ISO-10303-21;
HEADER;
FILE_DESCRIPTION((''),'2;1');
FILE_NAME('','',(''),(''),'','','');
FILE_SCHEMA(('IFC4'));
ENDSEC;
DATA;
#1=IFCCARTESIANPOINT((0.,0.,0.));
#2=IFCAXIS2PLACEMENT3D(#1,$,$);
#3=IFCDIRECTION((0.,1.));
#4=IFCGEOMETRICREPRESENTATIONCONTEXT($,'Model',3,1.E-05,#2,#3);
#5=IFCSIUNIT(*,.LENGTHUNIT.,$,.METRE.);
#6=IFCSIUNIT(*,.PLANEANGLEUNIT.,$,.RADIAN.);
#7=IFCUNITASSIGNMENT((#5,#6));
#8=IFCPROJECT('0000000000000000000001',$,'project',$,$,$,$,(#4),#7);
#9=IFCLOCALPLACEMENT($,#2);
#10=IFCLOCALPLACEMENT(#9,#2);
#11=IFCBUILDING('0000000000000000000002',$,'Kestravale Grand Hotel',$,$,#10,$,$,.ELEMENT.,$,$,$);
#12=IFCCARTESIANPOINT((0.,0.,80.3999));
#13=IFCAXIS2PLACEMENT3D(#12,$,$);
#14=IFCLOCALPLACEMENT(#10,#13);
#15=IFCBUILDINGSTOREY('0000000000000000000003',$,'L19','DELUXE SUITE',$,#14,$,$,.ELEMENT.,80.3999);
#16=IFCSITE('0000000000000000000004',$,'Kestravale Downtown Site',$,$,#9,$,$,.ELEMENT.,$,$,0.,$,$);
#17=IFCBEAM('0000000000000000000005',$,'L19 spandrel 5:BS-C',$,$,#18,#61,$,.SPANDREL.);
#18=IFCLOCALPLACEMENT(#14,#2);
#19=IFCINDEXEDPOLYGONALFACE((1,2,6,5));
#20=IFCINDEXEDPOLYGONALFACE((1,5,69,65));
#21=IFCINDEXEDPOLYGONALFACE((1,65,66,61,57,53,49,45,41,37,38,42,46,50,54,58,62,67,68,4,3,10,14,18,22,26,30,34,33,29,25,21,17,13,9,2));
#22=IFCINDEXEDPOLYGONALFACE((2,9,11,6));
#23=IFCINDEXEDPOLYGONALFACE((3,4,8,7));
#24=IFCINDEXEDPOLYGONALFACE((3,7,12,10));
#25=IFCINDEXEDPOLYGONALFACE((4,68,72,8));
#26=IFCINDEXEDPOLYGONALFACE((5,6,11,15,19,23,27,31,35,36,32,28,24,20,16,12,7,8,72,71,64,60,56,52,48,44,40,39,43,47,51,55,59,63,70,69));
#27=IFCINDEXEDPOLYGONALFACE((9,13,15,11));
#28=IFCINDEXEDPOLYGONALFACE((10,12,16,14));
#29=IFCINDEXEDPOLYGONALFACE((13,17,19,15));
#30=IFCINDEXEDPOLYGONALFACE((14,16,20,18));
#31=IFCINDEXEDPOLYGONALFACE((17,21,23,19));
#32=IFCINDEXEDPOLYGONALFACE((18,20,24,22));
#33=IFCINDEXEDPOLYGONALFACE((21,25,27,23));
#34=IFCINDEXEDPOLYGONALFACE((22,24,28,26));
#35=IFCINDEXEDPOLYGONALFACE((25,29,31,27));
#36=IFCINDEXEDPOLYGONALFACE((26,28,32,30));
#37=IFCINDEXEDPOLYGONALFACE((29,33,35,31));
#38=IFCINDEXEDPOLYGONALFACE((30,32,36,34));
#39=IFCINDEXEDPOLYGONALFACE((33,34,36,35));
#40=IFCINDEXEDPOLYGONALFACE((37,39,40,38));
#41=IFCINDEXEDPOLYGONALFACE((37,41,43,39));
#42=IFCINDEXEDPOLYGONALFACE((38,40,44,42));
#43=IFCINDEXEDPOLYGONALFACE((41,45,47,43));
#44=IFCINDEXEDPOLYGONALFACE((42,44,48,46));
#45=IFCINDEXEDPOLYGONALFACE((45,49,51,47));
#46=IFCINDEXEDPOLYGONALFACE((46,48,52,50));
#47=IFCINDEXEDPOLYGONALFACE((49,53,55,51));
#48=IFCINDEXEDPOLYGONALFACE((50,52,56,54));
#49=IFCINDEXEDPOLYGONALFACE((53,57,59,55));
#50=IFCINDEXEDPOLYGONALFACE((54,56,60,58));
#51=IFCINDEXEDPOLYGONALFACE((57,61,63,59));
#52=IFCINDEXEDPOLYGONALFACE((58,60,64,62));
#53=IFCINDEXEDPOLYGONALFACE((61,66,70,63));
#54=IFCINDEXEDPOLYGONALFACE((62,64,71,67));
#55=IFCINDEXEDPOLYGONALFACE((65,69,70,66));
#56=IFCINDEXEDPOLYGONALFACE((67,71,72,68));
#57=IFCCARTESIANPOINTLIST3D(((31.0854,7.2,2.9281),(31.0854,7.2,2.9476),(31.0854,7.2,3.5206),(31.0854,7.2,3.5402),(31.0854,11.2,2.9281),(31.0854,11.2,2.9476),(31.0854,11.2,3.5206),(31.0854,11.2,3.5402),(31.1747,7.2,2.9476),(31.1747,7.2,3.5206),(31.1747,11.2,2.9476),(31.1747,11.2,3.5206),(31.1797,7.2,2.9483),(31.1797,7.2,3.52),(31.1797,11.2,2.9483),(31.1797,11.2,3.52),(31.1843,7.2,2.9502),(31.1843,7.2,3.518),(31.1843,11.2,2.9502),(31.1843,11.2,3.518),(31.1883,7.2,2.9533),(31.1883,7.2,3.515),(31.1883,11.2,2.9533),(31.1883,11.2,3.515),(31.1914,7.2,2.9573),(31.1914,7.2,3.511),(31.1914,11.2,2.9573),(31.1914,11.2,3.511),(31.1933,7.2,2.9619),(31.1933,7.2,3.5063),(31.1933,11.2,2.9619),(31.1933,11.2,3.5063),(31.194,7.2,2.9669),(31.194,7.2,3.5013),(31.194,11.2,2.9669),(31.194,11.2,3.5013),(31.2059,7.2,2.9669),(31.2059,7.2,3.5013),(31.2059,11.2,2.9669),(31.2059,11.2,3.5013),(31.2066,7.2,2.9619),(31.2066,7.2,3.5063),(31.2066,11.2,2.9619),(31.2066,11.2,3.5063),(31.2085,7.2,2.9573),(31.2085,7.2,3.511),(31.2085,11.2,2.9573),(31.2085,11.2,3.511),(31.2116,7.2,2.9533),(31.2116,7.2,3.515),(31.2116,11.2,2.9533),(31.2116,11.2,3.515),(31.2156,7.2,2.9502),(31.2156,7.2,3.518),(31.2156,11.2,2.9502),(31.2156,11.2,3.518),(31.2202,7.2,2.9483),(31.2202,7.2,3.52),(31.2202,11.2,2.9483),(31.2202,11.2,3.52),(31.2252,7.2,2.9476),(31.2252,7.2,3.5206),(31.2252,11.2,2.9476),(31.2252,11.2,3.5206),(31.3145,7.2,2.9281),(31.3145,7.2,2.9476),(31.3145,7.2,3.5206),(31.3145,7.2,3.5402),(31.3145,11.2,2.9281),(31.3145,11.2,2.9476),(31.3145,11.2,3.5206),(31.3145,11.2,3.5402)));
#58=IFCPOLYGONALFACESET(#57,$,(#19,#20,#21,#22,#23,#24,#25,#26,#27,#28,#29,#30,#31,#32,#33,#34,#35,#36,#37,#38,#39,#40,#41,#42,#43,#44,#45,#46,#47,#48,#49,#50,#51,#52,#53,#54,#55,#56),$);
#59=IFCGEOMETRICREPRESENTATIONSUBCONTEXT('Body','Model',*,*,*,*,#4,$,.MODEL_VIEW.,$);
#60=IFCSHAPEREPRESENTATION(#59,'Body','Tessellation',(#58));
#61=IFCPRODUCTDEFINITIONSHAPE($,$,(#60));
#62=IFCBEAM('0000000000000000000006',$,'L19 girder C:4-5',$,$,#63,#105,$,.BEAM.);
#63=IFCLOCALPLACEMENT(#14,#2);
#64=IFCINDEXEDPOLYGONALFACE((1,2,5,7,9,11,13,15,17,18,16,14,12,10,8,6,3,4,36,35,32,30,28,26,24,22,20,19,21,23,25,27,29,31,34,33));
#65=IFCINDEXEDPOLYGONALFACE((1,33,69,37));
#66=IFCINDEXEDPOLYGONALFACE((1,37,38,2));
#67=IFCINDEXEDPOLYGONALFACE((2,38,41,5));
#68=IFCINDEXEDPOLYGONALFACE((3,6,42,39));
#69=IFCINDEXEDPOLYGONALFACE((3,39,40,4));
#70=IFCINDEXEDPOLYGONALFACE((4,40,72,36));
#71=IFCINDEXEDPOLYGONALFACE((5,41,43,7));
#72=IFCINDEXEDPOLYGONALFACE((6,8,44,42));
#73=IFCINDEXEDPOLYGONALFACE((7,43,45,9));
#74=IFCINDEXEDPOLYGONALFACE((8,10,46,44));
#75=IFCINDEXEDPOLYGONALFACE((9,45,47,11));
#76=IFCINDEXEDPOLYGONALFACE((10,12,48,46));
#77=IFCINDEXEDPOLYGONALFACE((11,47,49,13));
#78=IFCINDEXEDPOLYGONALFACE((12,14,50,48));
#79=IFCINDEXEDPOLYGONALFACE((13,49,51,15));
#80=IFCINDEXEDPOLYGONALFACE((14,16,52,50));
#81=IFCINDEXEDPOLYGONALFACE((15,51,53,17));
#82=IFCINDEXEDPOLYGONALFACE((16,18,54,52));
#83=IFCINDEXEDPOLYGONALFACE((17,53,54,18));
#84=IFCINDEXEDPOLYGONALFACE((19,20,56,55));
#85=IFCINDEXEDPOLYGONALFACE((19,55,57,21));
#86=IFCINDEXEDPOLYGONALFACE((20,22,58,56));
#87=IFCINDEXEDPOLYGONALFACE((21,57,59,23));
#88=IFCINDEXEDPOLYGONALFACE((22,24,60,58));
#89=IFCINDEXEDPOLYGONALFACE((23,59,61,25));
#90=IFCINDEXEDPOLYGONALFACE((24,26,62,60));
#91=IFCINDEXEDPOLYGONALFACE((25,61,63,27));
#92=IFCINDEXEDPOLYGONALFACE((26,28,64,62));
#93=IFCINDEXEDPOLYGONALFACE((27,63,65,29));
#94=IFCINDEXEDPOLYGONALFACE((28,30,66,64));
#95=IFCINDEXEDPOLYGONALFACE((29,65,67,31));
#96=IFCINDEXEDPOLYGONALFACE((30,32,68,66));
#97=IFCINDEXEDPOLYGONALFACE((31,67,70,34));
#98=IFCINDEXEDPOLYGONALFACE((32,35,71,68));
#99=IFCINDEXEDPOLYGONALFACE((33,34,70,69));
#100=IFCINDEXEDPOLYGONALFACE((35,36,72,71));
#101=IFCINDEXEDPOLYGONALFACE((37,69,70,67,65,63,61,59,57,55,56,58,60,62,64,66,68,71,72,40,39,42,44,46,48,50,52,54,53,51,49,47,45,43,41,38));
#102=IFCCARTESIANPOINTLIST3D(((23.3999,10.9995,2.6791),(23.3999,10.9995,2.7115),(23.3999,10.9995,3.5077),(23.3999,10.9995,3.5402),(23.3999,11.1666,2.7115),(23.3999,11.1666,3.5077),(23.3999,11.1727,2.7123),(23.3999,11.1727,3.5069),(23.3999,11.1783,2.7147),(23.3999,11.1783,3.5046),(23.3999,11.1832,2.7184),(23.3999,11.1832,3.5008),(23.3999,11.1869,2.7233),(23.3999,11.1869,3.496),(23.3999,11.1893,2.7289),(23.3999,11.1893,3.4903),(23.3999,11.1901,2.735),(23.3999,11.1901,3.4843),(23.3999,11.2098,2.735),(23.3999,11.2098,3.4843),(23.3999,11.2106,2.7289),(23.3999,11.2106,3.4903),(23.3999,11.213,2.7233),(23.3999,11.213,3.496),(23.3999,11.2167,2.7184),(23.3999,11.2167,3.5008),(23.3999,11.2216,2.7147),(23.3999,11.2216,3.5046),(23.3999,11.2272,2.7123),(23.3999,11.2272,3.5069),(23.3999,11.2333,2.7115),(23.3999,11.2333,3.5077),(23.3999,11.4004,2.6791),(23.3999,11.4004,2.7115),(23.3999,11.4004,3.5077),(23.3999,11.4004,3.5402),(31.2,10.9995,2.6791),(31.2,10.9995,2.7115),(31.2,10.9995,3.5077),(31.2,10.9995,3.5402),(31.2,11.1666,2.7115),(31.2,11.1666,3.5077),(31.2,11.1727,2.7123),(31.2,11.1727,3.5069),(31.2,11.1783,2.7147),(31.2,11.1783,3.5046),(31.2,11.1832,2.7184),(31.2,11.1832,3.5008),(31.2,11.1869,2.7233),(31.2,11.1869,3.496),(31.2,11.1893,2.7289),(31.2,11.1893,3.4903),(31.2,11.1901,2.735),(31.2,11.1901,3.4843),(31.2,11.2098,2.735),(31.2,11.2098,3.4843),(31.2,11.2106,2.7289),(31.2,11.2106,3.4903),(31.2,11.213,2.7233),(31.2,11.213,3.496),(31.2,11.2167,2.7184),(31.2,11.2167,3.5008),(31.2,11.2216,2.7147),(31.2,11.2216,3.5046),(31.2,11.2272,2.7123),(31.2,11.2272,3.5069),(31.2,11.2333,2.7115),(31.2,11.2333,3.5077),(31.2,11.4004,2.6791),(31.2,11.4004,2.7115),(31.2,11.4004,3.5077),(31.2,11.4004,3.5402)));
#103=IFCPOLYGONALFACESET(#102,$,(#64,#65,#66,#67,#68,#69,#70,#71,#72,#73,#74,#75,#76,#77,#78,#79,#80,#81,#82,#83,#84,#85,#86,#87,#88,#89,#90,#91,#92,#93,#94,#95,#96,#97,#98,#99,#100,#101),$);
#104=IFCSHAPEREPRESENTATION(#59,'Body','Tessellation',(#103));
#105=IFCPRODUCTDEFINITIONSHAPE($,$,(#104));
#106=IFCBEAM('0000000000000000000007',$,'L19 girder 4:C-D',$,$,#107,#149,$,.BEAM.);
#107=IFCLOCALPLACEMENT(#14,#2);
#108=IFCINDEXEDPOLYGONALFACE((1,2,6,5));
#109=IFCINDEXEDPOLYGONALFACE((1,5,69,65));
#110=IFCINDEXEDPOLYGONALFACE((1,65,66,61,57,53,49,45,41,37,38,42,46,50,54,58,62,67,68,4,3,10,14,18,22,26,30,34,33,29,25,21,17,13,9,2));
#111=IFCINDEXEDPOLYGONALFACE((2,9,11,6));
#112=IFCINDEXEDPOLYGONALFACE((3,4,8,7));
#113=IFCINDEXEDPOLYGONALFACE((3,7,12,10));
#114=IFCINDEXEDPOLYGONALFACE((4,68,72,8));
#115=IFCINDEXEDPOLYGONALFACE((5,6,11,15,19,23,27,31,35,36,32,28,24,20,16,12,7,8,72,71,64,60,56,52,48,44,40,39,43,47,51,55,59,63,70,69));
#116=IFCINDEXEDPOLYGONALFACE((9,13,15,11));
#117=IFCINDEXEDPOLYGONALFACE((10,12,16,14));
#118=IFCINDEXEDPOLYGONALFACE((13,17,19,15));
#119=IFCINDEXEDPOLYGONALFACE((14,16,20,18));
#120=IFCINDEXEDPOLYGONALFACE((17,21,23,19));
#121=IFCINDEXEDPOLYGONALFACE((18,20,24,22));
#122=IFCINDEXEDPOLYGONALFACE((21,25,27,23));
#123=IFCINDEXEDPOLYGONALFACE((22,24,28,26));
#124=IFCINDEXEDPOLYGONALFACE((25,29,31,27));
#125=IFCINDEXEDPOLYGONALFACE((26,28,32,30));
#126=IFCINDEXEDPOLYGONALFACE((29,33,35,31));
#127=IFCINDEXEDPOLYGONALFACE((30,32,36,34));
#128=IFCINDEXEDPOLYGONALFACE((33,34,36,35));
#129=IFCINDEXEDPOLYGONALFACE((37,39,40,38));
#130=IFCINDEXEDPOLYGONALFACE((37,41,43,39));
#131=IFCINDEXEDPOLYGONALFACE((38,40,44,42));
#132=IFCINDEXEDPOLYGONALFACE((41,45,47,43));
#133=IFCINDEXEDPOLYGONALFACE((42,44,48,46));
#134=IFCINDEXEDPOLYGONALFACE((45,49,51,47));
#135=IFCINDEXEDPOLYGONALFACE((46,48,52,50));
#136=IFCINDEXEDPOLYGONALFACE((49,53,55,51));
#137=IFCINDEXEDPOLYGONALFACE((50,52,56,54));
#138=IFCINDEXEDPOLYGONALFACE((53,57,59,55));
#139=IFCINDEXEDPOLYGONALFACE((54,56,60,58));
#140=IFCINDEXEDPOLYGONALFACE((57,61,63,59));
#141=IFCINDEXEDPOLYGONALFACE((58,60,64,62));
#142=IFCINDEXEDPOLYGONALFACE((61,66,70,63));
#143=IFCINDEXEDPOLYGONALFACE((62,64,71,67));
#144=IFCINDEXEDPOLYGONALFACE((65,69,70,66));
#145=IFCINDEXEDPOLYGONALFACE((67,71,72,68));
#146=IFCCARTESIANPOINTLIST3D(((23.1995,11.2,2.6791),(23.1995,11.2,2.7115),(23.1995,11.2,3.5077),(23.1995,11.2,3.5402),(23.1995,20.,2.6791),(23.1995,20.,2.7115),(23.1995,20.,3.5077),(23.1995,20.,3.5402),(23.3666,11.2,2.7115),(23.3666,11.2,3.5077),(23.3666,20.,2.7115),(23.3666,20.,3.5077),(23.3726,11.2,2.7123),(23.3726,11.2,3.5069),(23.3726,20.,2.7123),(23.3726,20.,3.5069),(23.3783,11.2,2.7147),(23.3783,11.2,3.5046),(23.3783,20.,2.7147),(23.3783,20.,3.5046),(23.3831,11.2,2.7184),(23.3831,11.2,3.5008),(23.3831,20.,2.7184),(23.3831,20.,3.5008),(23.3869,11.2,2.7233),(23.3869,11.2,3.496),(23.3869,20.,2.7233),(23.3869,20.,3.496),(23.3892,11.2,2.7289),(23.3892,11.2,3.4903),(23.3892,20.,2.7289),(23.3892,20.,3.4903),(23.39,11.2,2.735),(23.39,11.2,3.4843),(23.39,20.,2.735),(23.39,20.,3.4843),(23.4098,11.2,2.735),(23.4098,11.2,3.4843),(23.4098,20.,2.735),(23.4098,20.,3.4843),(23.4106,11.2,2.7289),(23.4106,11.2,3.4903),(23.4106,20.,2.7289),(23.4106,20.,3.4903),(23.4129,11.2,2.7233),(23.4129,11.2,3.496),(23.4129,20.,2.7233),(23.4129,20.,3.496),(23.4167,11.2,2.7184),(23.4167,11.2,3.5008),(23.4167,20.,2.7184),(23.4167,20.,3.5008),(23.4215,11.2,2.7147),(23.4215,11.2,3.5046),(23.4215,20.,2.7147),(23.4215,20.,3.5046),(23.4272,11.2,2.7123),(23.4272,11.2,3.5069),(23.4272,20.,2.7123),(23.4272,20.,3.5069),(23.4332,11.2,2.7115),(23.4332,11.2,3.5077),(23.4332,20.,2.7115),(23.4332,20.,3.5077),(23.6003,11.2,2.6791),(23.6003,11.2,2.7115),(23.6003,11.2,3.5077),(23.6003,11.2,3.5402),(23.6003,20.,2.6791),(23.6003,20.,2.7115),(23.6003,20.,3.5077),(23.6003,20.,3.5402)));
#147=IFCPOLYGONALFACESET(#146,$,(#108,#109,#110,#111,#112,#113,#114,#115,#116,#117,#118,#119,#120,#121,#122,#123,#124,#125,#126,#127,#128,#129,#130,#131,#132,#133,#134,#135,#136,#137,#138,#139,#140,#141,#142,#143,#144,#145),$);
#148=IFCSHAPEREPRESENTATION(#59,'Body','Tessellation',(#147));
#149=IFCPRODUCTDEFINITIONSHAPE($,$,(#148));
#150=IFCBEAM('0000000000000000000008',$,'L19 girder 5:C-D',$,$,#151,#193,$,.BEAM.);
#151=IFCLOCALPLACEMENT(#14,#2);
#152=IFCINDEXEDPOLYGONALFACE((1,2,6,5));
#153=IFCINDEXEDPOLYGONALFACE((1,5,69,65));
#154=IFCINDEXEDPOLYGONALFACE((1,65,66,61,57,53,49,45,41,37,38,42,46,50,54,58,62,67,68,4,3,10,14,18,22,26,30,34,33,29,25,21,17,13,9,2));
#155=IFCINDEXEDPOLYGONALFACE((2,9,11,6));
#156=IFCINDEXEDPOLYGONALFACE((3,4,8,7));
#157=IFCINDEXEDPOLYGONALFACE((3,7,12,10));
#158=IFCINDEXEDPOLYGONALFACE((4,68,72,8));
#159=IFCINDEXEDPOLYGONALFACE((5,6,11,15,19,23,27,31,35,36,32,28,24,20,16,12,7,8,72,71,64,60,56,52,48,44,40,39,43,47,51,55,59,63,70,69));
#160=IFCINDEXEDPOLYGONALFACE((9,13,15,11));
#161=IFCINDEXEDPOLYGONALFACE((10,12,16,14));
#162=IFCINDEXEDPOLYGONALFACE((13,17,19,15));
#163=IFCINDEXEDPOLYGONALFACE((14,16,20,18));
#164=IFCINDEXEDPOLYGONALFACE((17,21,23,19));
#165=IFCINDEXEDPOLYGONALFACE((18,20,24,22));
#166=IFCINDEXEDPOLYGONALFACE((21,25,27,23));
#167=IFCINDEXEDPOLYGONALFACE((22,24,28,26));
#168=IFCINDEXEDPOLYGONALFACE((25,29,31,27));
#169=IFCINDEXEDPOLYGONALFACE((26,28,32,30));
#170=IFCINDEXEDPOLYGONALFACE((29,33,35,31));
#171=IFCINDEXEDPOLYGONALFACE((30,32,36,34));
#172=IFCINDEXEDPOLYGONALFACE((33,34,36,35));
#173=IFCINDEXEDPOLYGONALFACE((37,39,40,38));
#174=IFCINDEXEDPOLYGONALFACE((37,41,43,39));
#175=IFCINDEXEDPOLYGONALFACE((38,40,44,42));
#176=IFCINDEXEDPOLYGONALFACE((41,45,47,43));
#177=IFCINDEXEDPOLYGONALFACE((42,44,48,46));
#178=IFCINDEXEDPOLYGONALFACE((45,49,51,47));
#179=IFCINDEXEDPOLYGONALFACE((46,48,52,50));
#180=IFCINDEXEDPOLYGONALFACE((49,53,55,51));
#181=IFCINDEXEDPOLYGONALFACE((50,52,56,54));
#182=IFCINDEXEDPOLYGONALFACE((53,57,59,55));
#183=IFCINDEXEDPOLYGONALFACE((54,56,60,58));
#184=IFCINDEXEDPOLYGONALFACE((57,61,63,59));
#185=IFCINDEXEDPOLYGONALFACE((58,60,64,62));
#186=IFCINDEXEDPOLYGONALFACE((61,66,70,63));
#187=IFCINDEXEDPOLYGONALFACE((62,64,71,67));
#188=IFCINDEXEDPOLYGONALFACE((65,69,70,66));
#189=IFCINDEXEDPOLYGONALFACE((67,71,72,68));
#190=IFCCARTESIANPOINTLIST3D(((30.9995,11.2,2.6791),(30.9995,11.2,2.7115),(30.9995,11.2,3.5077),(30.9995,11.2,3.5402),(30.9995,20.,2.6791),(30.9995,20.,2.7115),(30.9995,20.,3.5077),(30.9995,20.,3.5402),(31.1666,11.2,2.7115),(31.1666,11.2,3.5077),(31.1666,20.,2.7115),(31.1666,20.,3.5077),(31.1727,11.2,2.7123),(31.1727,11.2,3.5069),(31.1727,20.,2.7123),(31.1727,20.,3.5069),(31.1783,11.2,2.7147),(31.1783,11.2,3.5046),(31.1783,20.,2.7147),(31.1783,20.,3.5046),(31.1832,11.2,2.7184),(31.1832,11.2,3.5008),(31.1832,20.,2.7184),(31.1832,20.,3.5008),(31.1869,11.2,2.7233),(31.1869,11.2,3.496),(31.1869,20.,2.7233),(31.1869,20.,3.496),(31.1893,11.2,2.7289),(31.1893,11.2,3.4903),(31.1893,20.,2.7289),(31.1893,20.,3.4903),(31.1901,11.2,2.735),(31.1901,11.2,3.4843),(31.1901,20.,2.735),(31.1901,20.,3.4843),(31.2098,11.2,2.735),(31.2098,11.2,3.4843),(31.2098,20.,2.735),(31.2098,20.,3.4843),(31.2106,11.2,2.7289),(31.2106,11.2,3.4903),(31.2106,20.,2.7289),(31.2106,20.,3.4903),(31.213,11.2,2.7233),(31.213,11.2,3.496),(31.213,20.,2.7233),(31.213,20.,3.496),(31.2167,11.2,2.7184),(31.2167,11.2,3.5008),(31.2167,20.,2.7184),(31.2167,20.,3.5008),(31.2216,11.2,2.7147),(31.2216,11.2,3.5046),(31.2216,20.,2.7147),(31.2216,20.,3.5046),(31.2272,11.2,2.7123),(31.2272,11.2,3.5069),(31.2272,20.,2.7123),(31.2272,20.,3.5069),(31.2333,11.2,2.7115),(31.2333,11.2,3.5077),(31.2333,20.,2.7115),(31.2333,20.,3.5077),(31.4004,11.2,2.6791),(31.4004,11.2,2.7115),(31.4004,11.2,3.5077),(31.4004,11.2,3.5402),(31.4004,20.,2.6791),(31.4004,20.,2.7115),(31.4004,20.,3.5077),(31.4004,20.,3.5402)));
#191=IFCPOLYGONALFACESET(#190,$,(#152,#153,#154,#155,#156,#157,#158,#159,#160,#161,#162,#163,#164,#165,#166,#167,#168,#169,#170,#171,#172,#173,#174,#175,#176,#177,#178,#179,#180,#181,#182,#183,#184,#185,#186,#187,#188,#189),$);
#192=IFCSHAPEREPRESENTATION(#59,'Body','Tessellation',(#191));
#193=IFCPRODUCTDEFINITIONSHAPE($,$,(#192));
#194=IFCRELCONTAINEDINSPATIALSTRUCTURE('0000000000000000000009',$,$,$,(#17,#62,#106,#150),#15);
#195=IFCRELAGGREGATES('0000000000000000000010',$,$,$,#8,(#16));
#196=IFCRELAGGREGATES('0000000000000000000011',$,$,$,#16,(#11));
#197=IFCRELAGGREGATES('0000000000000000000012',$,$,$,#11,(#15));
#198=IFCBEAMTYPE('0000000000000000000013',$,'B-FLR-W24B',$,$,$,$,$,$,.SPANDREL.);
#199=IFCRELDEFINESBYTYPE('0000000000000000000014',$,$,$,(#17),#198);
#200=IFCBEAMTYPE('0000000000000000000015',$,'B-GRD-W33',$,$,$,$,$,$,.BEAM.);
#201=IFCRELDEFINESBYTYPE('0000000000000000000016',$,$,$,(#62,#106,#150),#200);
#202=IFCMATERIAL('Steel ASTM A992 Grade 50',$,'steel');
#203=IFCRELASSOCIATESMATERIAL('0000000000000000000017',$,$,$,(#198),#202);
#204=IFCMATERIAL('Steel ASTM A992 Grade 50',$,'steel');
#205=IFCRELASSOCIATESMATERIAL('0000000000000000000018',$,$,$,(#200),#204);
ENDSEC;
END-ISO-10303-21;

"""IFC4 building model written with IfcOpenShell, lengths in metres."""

from ifc_helpers import new_model, si_unit, direction, frame, origin, origin_2d, place, context, subcontext, project, spatial, i_section, extrude, material, material_profile, profile_set, type_object, element, save


model = new_model("IFC4")

# Units and contexts
model_context = context("Model", 3, precision=1e-05, world=origin(), true_north=direction((0.0, 1.0)))
body_context = subcontext(model_context, "Body", "Model", "MODEL_VIEW")
ifc_project = project(units=[si_unit("LENGTHUNIT", "METRE"), si_unit("PLANEANGLEUNIT", "RADIAN")], contexts=[model_context])

# Site, building, storey
site_placement = place(None, origin())
site = spatial("IfcSite", under=ifc_project, at=site_placement, Name="Kestravale Downtown Site", CompositionType="ELEMENT", RefElevation=0.0)
building_placement = place(site_placement, origin())
building = spatial("IfcBuilding", under=site, at=building_placement, Name="Kestravale Grand Hotel", CompositionType="ELEMENT")
storey_placement = place(building_placement, frame((0.0, 0.0, 80.3999)))
storey = spatial("IfcBuildingStorey", under=building, at=storey_placement, Name="L19", Description="DELUXE SUITE", CompositionType="ELEMENT", Elevation=80.3999)

# Beams
ifc_material_1 = material(Name="Steel ASTM A992 Grade 50", Category="steel")
ifc_material_profile_1 = material_profile(ifc_material_1, i_section(OverallWidth=0.229, OverallDepth=0.6121, WebThickness=0.012, FlangeThickness=0.0195, FilletRadius=0.0193, at=origin_2d()))
ifc_profile_set_1 = profile_set([ifc_material_profile_1], Name="Steel ASTM A992 Grade 50")
beam_type_1 = type_object("IfcBeamType", Name="B-FLR-W24B", PredefinedType="SPANDREL", material=ifc_profile_set_1)
beam_1_placement = place(storey_placement, frame((31.2, 7.2, 3.2341), z_axis=(0.0, 1.0, 0.0), x_axis=(-1.0, 0.0, 0.0)))
element("IfcBeam", 1, at=beam_1_placement, inside=storey, type_object=beam_type_1, Name="L19 spandrel 5:BS-C", PredefinedType="SPANDREL", context=body_context, shape_type="SweptSolid", body=[
    extrude(i_section(OverallWidth=0.229, OverallDepth=0.6121, WebThickness=0.012, FlangeThickness=0.0195, FilletRadius=0.0193, at=origin_2d()), origin(), (0.0, 0.0, 1.0), 4.0),
])
ifc_material_2 = material(Name="Steel ASTM A992 Grade 50", Category="steel")
ifc_material_profile_2 = material_profile(ifc_material_2, i_section(OverallWidth=0.4009, OverallDepth=0.8611, WebThickness=0.0198, FlangeThickness=0.0325, FilletRadius=0.0234, at=origin_2d()))
ifc_profile_set_2 = profile_set([ifc_material_profile_2], Name="Steel ASTM A992 Grade 50")
beam_type_2 = type_object("IfcBeamType", Name="B-GRD-W33", PredefinedType="BEAM", material=ifc_profile_set_2)
beam_2_placement = place(storey_placement, frame((23.3999, 11.2, 3.1096), z_axis=(1.0, 0.0, 0.0), x_axis=(0.0, 1.0, 0.0)))
element("IfcBeam", 2, at=beam_2_placement, inside=storey, type_object=beam_type_2, Name="L19 girder C:4-5", PredefinedType="BEAM", context=body_context, shape_type="SweptSolid", body=[
    extrude(i_section(OverallWidth=0.4009, OverallDepth=0.8611, WebThickness=0.0198, FlangeThickness=0.0325, FilletRadius=0.0234, at=origin_2d()), origin(), (0.0, 0.0, 1.0), 7.8),
])
for number, where, z_axis, x_axis, name in (
    (3, (23.3999, 11.2, 3.1096), (0.0, 1.0, 0.0), (-1.0, 0.0, 0.0), "L19 girder 4:C-D"),
    (4, (31.2, 11.2, 3.1096), (0.0, 1.0, 0.0), (-1.0, 0.0, 0.0), "L19 girder 5:C-D"),
):
    element("IfcBeam", number, at=place(storey_placement, frame(where, z_axis=z_axis, x_axis=x_axis)), inside=storey, type_object=beam_type_2, Name=name, PredefinedType="BEAM", context=body_context, shape_type="SweptSolid", body=[
        extrude(i_section(OverallWidth=0.4009, OverallDepth=0.8611, WebThickness=0.0198, FlangeThickness=0.0325, FilletRadius=0.0234, at=origin_2d()), origin(), (0.0, 0.0, 1.0), 8.8),
    ])

save(model, "model.ifc")
